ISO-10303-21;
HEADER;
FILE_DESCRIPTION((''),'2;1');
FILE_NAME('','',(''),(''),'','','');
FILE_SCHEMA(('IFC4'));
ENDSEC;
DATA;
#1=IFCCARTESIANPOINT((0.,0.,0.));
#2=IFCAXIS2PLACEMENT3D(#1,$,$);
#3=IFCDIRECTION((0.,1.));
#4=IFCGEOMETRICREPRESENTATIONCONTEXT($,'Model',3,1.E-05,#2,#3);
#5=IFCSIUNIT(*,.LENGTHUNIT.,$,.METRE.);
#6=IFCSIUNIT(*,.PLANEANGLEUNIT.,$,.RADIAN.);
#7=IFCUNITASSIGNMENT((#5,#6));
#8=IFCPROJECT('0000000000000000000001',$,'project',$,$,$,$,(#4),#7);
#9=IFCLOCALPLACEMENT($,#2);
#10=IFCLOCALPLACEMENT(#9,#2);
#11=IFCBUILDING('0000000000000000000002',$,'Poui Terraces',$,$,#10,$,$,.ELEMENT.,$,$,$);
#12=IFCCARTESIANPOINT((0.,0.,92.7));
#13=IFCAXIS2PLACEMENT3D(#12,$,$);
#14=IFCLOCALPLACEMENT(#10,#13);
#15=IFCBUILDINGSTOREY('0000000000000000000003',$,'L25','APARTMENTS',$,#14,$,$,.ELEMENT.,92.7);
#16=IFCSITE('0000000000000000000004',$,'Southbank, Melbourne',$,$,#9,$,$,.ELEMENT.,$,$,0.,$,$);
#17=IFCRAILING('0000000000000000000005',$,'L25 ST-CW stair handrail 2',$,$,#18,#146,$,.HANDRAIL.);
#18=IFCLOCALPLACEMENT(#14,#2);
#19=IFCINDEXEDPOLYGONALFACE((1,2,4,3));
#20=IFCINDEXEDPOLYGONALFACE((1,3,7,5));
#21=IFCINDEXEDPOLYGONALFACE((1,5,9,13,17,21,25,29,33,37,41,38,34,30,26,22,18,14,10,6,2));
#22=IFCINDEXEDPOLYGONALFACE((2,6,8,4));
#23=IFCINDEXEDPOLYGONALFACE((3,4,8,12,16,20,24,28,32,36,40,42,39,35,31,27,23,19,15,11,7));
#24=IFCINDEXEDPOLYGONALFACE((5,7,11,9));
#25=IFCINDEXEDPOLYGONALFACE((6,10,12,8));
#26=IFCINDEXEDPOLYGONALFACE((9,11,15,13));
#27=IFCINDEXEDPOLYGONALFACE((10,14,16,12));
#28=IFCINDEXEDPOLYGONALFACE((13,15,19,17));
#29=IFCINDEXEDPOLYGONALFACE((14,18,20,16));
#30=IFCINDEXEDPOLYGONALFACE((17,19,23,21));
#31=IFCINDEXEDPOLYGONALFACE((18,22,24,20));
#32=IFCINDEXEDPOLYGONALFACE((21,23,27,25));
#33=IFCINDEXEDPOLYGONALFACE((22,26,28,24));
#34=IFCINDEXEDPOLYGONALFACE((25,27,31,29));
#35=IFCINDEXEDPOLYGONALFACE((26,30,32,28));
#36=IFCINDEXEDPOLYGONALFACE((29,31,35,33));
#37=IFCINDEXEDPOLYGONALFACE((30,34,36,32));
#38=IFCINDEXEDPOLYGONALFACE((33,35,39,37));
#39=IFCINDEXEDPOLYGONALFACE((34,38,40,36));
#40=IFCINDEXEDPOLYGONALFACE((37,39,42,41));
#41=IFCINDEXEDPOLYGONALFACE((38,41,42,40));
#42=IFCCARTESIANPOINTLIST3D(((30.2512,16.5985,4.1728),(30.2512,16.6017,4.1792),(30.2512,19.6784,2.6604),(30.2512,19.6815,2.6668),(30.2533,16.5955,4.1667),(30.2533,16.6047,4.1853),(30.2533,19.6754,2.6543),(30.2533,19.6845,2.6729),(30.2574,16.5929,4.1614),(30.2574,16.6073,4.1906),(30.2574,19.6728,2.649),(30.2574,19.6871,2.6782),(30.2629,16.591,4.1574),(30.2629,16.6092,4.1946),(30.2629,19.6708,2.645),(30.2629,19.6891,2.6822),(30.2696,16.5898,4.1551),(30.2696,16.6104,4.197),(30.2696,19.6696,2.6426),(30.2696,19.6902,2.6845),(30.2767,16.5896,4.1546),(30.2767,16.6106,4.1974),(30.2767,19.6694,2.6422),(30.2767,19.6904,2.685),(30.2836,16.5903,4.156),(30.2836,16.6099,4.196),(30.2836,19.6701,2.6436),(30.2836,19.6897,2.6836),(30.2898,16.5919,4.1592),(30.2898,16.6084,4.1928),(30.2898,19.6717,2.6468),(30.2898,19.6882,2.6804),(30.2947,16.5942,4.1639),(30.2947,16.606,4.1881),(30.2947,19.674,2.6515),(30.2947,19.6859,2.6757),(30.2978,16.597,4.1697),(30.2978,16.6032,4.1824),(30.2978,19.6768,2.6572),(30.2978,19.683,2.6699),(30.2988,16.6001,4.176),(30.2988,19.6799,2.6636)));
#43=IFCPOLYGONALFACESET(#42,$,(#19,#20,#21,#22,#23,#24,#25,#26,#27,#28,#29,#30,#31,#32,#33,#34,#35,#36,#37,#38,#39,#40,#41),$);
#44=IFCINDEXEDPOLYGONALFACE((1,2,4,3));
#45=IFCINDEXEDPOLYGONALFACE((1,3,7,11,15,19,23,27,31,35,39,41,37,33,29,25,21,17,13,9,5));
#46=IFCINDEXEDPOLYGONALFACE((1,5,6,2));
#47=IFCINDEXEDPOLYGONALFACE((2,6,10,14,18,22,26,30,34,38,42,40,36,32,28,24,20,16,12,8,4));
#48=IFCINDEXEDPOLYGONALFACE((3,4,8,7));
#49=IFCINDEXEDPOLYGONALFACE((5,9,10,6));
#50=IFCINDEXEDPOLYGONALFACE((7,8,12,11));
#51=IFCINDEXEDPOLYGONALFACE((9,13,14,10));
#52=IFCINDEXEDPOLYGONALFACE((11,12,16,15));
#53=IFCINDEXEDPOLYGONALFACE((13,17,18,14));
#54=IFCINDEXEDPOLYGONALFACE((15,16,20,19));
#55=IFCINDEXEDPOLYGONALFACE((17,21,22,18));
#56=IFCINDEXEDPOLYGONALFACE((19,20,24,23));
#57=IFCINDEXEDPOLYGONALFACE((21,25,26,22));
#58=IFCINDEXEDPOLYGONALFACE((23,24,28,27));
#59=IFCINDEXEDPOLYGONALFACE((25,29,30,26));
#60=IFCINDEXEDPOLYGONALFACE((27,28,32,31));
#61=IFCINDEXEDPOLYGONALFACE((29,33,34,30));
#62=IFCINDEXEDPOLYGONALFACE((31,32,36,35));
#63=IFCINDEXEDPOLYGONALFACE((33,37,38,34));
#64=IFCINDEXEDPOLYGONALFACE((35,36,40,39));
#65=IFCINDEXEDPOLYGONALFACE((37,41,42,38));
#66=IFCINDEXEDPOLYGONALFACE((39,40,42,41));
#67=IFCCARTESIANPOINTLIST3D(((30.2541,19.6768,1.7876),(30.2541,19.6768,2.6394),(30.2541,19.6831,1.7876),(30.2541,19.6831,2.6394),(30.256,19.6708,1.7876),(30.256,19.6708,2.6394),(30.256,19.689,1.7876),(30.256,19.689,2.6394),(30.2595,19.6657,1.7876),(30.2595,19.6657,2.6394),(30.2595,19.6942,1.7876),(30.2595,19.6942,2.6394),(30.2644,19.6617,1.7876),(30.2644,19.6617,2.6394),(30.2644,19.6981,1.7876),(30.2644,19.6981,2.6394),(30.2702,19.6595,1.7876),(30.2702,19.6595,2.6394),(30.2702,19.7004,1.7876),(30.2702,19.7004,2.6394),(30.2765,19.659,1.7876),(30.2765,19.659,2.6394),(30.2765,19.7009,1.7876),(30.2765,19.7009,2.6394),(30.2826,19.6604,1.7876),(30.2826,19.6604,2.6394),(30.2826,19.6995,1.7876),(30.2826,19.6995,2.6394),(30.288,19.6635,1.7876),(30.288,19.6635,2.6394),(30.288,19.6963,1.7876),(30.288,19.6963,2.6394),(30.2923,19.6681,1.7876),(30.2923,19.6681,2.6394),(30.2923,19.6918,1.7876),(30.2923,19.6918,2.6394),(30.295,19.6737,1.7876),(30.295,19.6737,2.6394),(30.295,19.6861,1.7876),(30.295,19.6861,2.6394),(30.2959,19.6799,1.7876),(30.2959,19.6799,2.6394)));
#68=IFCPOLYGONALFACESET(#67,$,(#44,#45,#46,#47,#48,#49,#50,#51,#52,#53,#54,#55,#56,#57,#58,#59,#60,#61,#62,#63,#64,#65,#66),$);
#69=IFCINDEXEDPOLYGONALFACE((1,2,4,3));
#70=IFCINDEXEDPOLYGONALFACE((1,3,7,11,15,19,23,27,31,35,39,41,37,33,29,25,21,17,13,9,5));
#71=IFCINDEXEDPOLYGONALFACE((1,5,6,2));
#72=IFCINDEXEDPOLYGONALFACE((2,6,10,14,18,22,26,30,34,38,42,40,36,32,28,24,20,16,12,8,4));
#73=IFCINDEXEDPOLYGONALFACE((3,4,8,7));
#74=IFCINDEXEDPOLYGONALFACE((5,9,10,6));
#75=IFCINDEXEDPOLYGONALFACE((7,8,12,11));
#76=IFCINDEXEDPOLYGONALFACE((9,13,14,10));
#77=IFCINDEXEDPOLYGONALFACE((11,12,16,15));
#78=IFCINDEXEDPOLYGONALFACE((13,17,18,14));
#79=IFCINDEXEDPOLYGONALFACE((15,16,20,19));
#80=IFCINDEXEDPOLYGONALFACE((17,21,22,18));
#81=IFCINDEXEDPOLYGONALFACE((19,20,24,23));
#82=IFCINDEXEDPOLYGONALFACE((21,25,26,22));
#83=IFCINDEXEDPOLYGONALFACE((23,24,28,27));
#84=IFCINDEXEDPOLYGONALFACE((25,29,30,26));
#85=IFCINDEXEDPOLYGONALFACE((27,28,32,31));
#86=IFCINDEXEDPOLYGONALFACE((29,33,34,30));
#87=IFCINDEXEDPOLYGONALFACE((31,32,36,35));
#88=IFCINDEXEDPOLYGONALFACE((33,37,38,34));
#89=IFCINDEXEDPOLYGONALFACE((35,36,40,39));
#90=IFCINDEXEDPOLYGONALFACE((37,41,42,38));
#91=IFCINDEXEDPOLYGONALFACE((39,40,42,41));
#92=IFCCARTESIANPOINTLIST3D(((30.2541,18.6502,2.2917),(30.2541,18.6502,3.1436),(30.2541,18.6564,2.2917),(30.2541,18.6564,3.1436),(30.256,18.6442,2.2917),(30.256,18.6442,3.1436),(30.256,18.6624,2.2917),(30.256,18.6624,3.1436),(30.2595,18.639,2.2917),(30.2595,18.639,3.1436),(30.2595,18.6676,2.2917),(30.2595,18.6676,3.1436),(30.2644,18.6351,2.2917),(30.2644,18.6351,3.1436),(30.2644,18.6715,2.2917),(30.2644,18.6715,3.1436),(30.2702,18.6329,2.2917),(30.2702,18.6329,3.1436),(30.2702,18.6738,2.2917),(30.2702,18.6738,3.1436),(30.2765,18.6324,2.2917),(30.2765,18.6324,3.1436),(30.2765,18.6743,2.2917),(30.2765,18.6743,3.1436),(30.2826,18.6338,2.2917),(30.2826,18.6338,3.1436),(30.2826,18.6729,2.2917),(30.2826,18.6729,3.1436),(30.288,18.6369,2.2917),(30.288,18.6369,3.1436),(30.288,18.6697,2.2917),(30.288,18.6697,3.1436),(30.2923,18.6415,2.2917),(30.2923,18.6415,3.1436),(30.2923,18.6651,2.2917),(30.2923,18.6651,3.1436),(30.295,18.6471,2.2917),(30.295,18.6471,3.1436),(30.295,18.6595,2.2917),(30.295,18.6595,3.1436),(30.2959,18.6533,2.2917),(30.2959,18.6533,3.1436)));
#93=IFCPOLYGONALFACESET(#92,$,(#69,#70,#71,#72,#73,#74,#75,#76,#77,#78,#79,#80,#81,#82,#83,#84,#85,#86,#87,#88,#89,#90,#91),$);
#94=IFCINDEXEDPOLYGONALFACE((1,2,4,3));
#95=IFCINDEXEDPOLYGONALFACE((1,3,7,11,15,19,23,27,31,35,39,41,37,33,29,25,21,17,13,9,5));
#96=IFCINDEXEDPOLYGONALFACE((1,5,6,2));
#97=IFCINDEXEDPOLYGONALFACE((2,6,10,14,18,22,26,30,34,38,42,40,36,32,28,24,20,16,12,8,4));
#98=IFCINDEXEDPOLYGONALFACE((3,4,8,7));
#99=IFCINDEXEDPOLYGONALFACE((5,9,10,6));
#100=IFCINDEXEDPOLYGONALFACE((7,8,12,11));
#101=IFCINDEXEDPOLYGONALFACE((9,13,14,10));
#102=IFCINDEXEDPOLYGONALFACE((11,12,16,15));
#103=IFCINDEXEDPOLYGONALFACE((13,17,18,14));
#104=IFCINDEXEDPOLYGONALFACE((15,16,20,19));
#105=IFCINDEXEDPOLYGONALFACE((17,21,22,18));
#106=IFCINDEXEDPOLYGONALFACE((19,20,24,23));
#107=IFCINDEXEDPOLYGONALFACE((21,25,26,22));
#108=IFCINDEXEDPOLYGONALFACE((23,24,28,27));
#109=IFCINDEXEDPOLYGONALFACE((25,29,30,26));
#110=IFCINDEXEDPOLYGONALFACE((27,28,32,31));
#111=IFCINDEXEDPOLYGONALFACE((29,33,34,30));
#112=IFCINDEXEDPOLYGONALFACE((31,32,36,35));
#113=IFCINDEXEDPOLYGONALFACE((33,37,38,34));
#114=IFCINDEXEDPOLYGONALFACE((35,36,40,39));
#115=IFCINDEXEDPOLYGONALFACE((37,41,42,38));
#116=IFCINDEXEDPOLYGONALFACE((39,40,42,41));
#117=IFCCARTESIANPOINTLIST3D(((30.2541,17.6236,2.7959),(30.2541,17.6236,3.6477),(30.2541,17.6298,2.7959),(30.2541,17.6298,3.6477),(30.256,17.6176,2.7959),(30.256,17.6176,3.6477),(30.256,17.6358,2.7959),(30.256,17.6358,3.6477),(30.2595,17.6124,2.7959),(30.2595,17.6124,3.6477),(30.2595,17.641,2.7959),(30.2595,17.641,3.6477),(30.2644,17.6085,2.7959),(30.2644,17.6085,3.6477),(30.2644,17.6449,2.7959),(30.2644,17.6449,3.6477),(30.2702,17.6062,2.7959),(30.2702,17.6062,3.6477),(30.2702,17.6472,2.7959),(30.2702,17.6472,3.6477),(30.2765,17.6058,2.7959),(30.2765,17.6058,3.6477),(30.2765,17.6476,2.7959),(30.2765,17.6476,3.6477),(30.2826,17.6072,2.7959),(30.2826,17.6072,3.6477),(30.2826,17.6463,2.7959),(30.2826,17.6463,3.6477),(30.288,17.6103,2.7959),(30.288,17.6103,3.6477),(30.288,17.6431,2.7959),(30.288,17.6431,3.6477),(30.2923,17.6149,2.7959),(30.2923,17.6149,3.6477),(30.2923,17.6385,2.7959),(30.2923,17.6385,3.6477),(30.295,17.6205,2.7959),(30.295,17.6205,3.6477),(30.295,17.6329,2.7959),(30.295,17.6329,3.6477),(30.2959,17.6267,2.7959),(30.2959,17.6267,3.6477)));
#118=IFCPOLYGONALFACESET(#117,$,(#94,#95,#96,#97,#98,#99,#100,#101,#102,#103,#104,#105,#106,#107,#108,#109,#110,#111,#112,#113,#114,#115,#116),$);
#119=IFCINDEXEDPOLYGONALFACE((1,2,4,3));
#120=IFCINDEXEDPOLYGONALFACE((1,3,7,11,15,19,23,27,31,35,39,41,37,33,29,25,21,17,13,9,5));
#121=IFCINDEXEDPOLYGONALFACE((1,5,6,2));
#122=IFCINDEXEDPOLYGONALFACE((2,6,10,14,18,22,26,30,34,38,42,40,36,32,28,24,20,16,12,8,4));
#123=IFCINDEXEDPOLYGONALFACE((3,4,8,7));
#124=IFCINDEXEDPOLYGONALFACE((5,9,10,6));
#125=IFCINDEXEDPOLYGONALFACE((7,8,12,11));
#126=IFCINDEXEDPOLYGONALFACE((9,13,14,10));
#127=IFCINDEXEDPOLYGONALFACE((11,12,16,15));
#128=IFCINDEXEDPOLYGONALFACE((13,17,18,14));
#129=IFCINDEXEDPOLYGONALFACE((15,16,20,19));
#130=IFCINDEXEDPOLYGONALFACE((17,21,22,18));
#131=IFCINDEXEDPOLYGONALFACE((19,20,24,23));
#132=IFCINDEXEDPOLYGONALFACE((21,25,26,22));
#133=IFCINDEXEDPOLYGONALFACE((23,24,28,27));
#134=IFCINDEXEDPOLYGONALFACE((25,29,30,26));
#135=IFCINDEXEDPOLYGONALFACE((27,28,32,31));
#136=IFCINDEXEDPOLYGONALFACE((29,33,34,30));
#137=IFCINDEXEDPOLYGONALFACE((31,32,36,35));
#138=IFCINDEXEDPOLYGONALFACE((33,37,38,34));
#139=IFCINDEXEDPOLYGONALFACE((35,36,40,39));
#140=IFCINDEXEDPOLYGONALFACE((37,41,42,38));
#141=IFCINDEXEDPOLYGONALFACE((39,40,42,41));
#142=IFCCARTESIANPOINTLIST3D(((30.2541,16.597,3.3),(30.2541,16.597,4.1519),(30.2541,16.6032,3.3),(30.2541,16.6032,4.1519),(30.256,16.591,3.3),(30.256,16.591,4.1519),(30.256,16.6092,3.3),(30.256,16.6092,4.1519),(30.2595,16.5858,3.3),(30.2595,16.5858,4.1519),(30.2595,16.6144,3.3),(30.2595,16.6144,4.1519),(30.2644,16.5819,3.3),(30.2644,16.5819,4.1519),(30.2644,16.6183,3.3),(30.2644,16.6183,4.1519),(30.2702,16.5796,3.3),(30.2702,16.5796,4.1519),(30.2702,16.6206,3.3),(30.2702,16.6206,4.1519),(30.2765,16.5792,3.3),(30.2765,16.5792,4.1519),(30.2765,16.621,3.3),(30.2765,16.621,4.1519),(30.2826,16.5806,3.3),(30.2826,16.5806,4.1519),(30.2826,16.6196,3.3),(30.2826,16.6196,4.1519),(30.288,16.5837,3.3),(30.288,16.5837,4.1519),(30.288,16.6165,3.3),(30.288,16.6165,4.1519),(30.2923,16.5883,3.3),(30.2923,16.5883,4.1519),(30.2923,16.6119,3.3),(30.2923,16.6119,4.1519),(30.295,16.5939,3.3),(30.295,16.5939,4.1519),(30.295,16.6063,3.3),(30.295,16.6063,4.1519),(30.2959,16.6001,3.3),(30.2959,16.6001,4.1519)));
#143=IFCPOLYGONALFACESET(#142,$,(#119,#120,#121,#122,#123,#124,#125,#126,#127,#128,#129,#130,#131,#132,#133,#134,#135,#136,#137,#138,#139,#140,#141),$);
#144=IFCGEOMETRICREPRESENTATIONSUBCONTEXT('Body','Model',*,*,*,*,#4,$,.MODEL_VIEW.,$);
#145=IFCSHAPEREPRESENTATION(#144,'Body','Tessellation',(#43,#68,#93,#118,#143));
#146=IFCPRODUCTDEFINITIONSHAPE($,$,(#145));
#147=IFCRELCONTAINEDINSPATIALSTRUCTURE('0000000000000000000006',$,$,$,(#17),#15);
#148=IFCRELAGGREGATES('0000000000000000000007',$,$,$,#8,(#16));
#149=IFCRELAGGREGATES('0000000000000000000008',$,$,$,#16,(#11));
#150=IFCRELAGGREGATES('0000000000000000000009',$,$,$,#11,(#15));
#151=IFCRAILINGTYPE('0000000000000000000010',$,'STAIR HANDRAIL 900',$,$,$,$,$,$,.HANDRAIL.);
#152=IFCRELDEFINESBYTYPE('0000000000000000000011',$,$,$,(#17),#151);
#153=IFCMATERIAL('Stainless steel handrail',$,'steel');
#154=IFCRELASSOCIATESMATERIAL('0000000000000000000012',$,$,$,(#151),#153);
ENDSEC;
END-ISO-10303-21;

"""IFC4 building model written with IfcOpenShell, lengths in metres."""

from ifc_helpers import new_model, si_unit, direction, frame, origin, origin_2d, place, context, subcontext, project, spatial, circle, extrude, material, type_object, element, save


model = new_model("IFC4")

# Units and contexts
model_context = context("Model", 3, precision=1e-05, world=origin(), true_north=direction((0.0, 1.0)))
body_context = subcontext(model_context, "Body", "Model", "MODEL_VIEW")
ifc_project = project(units=[si_unit("LENGTHUNIT", "METRE"), si_unit("PLANEANGLEUNIT", "RADIAN")], contexts=[model_context])

# Site, building, storey
site_placement = place(None, origin())
site = spatial("IfcSite", under=ifc_project, at=site_placement, Name="Southbank, Melbourne", CompositionType="ELEMENT", RefElevation=0.0)
building_placement = place(site_placement, origin())
building = spatial("IfcBuilding", under=site, at=building_placement, Name="Poui Terraces", CompositionType="ELEMENT")
storey_placement = place(building_placement, frame((0.0, 0.0, 92.7)))
storey = spatial("IfcBuildingStorey", under=building, at=storey_placement, Name="L25", Description="APARTMENTS", CompositionType="ELEMENT", Elevation=92.7)

# Railing
ifc_material_1 = material(Name="Stainless steel handrail", Category="steel")
railing_type_1 = type_object("IfcRailingType", Name="STAIR HANDRAIL 900", PredefinedType="HANDRAIL", material=ifc_material_1)
railing_1_placement = place(storey_placement, frame((30.2749, 19.6799, 1.7876)))
element("IfcRailing", 1, at=railing_1_placement, inside=storey, type_object=railing_type_1, Name="L25 ST-CW stair handrail 2", PredefinedType="HANDRAIL", context=body_context, shape_type="SweptSolid", body=[
    extrude(circle(Radius=0.0239, at=origin_2d()), frame((0.0, 0.0, 0.876), z_axis=(0.0, -0.897606, 0.440798), x_axis=(1.0, 0.0, 0.0)), (0.0, 0.0, 1.0), 3.4312),
    extrude(circle(Radius=0.021, at=origin_2d()), origin(), (0.0, 0.0, 1.0), 0.8518),
    extrude(circle(Radius=0.021, at=origin_2d()), frame((0.0, -1.0266, 0.5042)), (0.0, 0.0, 1.0), 0.8518),
    extrude(circle(Radius=0.021, at=origin_2d()), frame((0.0, -2.0532, 1.0083)), (0.0, 0.0, 1.0), 0.8518),
    extrude(circle(Radius=0.021, at=origin_2d()), frame((0.0, -3.0798, 1.5125)), (0.0, 0.0, 1.0), 0.8518),
])

save(model, "model.ifc")
